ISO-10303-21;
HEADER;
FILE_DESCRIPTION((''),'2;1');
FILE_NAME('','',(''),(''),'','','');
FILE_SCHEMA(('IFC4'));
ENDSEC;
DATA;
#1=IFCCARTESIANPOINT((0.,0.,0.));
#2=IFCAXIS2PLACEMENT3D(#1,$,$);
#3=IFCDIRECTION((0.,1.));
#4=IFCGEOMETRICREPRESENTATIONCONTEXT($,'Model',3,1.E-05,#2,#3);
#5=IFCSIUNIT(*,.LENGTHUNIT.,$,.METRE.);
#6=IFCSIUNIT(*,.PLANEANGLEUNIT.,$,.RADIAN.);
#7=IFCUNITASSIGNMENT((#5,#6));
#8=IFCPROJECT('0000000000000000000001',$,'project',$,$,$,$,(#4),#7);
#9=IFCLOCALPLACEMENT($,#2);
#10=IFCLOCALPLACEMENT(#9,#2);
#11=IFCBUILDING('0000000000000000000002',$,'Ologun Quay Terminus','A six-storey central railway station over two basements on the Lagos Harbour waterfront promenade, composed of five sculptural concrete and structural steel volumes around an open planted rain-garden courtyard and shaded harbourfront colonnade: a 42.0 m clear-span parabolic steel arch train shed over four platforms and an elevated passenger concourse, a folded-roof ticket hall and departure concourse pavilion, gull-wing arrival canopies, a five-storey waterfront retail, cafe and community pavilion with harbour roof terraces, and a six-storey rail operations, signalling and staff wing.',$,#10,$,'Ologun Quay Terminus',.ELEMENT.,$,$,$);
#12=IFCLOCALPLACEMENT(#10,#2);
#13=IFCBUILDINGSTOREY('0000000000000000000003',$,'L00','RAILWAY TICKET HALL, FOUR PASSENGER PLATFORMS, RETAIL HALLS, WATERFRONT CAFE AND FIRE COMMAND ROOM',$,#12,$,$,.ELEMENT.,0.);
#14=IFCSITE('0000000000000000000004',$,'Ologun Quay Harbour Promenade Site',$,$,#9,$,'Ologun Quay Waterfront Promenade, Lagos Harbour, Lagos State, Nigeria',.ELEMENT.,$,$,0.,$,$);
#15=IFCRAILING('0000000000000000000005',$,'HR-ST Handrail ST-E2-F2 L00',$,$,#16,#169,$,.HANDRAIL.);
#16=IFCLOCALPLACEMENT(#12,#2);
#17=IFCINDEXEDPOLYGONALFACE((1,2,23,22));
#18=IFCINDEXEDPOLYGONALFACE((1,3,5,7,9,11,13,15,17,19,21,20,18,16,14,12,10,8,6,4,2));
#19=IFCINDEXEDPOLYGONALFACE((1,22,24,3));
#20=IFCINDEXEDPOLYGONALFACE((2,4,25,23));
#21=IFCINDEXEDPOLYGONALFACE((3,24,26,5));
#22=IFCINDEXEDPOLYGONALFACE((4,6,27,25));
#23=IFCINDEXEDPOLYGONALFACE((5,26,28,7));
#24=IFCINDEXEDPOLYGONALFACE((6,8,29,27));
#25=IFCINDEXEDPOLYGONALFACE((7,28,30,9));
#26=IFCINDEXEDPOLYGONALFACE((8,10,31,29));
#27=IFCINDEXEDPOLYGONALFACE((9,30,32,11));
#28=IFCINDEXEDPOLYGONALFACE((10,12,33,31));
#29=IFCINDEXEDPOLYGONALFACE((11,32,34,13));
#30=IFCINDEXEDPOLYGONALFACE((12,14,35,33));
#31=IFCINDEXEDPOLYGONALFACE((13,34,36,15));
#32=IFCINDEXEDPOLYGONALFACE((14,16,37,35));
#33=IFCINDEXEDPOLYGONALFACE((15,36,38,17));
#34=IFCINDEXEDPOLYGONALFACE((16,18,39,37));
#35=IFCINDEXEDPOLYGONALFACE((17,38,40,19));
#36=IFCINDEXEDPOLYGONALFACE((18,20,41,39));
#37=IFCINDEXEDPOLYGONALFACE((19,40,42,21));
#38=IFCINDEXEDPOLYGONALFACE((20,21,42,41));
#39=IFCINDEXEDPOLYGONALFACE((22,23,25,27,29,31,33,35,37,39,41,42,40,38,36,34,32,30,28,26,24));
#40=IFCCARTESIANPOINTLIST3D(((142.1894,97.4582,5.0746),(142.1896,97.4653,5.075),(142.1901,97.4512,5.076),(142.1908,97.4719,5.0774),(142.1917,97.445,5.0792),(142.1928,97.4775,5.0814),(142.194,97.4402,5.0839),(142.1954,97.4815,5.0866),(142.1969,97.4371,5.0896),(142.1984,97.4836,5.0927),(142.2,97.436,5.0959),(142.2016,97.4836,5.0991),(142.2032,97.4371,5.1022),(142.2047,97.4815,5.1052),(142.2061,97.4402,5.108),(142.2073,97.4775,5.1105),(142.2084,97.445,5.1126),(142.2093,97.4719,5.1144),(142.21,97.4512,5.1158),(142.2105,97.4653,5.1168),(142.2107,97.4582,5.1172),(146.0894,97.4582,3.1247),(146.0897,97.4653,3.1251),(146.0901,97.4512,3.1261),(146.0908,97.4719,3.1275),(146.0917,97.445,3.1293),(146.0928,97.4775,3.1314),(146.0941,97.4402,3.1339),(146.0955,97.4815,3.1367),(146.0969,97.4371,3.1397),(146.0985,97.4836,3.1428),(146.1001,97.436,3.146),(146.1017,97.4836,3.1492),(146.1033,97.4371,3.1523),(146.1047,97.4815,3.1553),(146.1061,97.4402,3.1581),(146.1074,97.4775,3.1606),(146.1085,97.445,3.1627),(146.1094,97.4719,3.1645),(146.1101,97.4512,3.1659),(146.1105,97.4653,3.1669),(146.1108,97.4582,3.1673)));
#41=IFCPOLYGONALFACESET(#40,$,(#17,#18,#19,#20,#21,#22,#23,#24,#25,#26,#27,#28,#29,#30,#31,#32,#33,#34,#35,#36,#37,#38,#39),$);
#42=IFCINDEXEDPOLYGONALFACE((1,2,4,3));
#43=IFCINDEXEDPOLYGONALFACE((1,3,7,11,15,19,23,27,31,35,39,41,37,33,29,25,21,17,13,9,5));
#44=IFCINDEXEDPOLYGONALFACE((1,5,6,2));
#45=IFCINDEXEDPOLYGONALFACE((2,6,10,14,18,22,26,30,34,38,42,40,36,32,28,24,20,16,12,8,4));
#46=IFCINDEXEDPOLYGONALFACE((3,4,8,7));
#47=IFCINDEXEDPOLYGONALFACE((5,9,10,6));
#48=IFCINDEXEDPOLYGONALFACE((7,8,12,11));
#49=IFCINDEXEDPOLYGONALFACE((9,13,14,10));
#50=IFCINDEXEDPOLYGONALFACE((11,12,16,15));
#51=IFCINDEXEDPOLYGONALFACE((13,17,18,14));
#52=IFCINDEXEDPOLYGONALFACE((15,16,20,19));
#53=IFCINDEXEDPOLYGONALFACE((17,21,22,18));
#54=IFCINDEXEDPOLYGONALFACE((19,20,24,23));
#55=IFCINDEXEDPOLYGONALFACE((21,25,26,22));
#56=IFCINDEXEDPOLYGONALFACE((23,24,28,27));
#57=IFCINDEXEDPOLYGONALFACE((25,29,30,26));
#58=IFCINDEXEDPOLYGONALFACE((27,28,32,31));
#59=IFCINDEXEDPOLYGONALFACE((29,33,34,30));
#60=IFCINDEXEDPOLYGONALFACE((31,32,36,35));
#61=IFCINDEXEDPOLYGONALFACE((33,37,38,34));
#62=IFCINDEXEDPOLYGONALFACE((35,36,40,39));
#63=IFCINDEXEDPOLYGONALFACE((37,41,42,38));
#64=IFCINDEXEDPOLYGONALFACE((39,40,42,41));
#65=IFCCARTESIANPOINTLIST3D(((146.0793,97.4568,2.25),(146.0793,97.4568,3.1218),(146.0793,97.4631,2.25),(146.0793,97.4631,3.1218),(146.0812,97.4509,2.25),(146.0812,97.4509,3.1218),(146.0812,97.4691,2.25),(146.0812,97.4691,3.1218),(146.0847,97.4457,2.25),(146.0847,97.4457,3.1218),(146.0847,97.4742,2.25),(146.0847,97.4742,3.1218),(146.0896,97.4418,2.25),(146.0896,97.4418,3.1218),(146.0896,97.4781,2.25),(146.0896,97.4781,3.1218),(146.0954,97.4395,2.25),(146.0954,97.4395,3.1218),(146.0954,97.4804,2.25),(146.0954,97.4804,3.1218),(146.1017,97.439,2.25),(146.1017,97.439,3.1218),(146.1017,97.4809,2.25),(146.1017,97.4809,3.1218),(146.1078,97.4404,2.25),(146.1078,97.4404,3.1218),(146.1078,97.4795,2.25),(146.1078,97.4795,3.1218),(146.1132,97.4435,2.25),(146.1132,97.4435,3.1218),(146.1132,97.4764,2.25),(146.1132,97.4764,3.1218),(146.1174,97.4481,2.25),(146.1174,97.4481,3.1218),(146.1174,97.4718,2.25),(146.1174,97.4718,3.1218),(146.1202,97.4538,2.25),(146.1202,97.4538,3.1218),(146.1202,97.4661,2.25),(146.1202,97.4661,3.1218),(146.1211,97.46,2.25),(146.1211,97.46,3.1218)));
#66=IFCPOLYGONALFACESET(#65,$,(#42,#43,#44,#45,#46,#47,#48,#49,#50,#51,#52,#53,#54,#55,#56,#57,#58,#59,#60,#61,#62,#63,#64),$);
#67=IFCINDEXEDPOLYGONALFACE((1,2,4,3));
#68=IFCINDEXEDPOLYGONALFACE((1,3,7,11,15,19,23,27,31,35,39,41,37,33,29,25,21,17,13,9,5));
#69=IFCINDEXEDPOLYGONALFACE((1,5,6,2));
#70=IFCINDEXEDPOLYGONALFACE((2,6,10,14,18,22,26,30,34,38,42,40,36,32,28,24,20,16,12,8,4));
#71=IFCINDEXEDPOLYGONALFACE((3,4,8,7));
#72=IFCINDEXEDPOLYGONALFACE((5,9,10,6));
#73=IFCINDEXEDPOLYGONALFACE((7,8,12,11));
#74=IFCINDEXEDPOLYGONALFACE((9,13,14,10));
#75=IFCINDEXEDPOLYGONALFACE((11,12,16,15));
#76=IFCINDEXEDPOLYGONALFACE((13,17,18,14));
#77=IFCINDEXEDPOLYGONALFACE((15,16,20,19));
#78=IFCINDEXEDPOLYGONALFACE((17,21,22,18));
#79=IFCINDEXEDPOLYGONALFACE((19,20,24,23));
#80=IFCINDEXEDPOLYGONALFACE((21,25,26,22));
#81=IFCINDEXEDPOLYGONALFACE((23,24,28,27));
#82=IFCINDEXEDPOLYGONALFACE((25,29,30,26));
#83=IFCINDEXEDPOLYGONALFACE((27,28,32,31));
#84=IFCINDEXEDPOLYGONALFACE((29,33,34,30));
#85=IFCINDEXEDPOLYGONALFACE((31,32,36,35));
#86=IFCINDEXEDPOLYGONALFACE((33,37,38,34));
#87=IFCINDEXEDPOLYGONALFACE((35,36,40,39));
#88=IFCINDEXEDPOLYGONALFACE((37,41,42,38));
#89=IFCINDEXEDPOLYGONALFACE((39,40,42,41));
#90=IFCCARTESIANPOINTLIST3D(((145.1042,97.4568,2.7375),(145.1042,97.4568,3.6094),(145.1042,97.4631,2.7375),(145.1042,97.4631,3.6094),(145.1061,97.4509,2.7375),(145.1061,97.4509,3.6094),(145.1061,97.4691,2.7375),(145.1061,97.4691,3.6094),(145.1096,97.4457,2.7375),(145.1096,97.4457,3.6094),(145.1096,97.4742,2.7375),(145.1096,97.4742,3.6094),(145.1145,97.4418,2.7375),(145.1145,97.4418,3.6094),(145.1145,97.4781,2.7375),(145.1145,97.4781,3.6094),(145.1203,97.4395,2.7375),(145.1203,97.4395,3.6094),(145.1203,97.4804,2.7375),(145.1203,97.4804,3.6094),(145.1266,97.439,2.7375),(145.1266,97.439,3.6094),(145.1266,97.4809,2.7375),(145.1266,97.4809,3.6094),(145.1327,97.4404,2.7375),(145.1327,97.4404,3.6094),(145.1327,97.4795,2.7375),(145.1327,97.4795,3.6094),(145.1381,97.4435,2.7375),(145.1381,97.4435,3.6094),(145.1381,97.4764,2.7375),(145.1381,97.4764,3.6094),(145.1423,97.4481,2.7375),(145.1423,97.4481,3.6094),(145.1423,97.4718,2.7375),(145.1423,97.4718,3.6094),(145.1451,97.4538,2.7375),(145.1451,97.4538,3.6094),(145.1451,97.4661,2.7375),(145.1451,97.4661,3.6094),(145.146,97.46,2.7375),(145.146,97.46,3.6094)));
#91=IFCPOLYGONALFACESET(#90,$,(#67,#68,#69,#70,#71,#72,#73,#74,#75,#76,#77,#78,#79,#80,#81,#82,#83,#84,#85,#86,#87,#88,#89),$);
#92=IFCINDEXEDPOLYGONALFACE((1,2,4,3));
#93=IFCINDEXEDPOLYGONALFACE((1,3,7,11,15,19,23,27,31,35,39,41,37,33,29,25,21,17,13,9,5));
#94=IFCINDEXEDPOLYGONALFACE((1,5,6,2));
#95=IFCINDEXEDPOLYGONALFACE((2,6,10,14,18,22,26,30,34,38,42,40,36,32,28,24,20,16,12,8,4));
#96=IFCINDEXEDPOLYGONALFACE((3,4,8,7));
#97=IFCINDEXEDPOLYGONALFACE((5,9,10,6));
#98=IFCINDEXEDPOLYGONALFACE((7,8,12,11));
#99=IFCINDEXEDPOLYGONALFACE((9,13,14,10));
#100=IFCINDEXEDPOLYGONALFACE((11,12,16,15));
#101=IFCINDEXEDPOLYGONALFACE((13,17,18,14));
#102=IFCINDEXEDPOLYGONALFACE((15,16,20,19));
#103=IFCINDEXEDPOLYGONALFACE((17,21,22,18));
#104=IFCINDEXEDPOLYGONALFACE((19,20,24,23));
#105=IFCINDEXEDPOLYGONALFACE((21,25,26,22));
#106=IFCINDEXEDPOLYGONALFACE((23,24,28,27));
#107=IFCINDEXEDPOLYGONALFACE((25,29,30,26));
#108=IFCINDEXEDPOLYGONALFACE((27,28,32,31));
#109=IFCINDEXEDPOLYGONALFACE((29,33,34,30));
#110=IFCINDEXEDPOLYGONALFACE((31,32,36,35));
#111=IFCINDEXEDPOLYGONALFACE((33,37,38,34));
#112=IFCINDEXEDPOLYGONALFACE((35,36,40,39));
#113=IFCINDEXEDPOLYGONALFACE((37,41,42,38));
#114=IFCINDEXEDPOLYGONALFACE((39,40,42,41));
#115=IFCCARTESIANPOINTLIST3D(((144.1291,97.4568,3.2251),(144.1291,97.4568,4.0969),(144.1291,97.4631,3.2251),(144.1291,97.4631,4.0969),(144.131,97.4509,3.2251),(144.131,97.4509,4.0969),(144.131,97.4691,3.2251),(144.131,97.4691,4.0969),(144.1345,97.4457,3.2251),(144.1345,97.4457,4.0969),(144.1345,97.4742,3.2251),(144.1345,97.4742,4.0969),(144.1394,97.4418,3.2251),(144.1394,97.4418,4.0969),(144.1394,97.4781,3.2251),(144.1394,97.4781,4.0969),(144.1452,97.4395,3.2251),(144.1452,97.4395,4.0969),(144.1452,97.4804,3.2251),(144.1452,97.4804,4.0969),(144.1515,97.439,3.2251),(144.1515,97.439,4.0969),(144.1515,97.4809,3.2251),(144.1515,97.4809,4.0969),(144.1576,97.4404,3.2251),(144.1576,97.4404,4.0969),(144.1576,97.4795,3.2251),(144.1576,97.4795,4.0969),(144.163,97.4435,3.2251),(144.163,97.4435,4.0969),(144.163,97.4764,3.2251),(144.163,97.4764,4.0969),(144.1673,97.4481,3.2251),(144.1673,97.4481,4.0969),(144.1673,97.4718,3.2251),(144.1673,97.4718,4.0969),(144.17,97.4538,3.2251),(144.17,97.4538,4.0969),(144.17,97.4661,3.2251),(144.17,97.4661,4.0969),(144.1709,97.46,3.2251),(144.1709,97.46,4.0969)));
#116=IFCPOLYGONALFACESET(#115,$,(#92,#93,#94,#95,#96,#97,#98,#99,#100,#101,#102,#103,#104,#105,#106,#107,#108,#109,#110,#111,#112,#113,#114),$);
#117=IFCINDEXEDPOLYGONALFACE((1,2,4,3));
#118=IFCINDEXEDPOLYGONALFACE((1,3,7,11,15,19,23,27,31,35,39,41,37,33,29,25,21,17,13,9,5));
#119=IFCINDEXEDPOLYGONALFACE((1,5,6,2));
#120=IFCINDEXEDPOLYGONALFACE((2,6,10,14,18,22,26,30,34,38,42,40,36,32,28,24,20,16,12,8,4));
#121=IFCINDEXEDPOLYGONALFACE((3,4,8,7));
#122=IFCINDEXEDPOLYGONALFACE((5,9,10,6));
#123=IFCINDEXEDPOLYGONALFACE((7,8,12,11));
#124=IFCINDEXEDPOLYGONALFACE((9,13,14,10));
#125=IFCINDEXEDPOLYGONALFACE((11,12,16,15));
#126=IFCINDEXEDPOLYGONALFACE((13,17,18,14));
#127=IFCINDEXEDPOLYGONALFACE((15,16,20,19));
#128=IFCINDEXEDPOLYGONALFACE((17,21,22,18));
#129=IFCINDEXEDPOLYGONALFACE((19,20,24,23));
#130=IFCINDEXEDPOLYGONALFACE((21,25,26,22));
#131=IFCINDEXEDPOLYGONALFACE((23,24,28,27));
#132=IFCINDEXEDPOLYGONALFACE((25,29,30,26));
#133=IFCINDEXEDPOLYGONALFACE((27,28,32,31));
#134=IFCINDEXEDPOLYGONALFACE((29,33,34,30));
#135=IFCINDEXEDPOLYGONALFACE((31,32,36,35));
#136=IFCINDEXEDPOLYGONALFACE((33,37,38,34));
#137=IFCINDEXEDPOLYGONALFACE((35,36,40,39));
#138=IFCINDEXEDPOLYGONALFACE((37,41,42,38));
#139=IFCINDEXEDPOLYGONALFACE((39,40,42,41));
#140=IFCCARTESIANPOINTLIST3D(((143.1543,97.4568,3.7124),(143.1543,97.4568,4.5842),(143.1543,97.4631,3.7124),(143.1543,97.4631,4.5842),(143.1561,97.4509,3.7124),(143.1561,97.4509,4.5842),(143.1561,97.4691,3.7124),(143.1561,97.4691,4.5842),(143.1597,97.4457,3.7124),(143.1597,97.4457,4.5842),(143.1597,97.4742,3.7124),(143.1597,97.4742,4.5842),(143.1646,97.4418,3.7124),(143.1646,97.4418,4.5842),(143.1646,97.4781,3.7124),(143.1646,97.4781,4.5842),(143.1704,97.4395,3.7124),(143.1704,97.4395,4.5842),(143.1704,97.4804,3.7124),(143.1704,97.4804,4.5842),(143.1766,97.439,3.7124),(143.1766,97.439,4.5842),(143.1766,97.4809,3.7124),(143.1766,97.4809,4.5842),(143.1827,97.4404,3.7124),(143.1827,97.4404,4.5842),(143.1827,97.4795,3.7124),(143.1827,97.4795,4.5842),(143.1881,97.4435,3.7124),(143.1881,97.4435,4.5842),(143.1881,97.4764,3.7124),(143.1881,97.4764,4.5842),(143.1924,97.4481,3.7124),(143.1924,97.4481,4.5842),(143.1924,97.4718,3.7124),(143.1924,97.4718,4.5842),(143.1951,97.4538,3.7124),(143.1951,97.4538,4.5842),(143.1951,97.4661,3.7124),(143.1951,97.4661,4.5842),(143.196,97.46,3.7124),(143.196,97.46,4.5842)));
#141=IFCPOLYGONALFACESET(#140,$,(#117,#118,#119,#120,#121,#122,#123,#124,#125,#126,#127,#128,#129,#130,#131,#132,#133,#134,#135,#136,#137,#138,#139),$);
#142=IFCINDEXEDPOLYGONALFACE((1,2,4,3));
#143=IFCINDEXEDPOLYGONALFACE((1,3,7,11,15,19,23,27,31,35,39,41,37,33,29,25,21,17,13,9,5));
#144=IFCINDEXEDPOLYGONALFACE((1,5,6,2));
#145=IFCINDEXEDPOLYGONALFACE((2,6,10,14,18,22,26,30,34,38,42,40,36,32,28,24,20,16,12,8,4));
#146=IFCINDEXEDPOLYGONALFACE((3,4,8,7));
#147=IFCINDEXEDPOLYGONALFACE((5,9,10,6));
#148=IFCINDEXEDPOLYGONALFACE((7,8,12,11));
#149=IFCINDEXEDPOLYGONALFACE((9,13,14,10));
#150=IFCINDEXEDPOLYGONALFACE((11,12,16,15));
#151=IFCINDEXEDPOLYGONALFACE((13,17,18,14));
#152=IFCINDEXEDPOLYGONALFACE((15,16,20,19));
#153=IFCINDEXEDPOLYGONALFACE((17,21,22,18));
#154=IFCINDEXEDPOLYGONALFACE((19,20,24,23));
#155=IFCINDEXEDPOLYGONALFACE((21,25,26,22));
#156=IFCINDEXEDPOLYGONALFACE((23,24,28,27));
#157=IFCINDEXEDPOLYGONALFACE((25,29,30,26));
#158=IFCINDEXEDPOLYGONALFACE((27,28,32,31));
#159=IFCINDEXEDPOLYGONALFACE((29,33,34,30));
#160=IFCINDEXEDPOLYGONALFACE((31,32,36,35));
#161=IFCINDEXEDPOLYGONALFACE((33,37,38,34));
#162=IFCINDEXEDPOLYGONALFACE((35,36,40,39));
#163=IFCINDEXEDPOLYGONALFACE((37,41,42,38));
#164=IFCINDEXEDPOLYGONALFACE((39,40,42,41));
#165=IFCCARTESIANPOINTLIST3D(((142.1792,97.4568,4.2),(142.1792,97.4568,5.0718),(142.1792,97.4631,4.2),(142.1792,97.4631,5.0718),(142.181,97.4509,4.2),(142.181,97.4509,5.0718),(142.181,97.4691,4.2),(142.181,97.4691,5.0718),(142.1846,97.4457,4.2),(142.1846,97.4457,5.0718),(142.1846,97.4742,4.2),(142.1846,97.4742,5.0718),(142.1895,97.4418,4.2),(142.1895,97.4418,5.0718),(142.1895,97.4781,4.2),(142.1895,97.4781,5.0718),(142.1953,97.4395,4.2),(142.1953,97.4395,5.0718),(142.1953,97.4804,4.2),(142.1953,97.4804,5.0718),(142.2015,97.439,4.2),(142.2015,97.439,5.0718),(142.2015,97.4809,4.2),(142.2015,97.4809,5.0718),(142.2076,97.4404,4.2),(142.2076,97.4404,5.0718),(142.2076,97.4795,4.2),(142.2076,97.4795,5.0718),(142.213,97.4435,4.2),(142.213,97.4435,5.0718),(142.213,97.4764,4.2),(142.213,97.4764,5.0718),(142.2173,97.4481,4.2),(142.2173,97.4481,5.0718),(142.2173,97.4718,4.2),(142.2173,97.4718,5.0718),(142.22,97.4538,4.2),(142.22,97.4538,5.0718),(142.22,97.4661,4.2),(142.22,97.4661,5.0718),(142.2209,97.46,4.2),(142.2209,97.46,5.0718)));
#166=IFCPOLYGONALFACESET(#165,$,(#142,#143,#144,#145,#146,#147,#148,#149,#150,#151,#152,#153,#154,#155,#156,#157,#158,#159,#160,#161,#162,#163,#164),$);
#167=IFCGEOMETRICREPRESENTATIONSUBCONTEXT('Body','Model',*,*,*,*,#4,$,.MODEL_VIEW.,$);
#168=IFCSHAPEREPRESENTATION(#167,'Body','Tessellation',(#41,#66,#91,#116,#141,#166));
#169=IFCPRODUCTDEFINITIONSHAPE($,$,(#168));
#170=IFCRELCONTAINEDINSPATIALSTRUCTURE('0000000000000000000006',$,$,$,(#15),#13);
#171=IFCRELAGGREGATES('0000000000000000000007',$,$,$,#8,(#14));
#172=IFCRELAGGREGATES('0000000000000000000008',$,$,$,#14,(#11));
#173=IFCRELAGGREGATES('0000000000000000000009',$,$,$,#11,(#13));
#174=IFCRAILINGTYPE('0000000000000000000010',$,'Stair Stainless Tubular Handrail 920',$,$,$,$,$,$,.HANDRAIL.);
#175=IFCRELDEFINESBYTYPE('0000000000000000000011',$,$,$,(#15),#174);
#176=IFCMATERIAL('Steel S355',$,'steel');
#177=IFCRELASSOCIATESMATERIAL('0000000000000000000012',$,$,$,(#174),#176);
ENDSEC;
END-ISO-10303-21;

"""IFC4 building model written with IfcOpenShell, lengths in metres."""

from ifc_helpers import new_model, si_unit, direction, frame, origin, origin_2d, place, context, subcontext, project, spatial, circle, extrude, material, type_object, element, save


model = new_model("IFC4")

# Units and contexts
model_context = context("Model", 3, precision=1e-05, world=origin(), true_north=direction((0.0, 1.0)))
body_context = subcontext(model_context, "Body", "Model", "MODEL_VIEW")
ifc_project = project(units=[si_unit("LENGTHUNIT", "METRE"), si_unit("PLANEANGLEUNIT", "RADIAN")], contexts=[model_context])

# Site, building, storey
site_placement = place(None, origin())
site = spatial("IfcSite", under=ifc_project, at=site_placement, Name="Ologun Quay Harbour Promenade Site", LongName="Ologun Quay Waterfront Promenade, Lagos Harbour, Lagos State, Nigeria", CompositionType="ELEMENT", RefElevation=0.0)
building_placement = place(site_placement, origin())
building = spatial("IfcBuilding", under=site, at=building_placement, Name="Ologun Quay Terminus", Description="A six-storey central railway station over two basements on the Lagos Harbour waterfront promenade, composed of five sculptural concrete and structural steel volumes around an open planted rain-garden courtyard and shaded harbourfront colonnade: a 42.0 m clear-span parabolic steel arch train shed over four platforms and an elevated passenger concourse, a folded-roof ticket hall and departure concourse pavilion, gull-wing arrival canopies, a five-storey waterfront retail, cafe and community pavilion with harbour roof terraces, and a six-storey rail operations, signalling and staff wing.", LongName="Ologun Quay Terminus", CompositionType="ELEMENT")
storey_placement = place(building_placement, origin())
storey = spatial("IfcBuildingStorey", under=building, at=storey_placement, Name="L00", Description="RAILWAY TICKET HALL, FOUR PASSENGER PLATFORMS, RETAIL HALLS, WATERFRONT CAFE AND FIRE COMMAND ROOM", CompositionType="ELEMENT", Elevation=0.0)

# Railing
ifc_material_1 = material(Name="Steel S355", Category="steel")
railing_type_1 = type_object("IfcRailingType", Name="Stair Stainless Tubular Handrail 920", PredefinedType="HANDRAIL", material=ifc_material_1)
railing_1_placement = place(storey_placement, frame((146.1001, 97.46, 2.25)))
element("IfcRailing", 1, at=railing_1_placement, inside=storey, type_object=railing_type_1, Name="HR-ST Handrail ST-E2-F2 L00", PredefinedType="HANDRAIL", context=body_context, shape_type="SweptSolid", body=[
    extrude(circle(Radius=0.0239, at=origin_2d()), frame((0.0, 0.0, 0.896), z_axis=(-0.894438, 0.0, 0.447191), x_axis=(0.0, -1.0, 0.0)), (0.0, 0.0, 1.0), 4.3604),
    extrude(circle(Radius=0.021, at=origin_2d()), origin(), (0.0, 0.0, 1.0), 0.8718),
    extrude(circle(Radius=0.021, at=origin_2d()), frame((-0.9751, 0.0, 0.4875)), (0.0, 0.0, 1.0), 0.8718),
    extrude(circle(Radius=0.021, at=origin_2d()), frame((-1.9502, 0.0, 0.9751)), (0.0, 0.0, 1.0), 0.8718),
    extrude(circle(Radius=0.021, at=origin_2d()), frame((-2.925, 0.0, 1.4624)), (0.0, 0.0, 1.0), 0.8718),
    extrude(circle(Radius=0.021, at=origin_2d()), frame((-3.9001, 0.0, 1.95)), (0.0, 0.0, 1.0), 0.8718),
])

save(model, "model.ifc")
